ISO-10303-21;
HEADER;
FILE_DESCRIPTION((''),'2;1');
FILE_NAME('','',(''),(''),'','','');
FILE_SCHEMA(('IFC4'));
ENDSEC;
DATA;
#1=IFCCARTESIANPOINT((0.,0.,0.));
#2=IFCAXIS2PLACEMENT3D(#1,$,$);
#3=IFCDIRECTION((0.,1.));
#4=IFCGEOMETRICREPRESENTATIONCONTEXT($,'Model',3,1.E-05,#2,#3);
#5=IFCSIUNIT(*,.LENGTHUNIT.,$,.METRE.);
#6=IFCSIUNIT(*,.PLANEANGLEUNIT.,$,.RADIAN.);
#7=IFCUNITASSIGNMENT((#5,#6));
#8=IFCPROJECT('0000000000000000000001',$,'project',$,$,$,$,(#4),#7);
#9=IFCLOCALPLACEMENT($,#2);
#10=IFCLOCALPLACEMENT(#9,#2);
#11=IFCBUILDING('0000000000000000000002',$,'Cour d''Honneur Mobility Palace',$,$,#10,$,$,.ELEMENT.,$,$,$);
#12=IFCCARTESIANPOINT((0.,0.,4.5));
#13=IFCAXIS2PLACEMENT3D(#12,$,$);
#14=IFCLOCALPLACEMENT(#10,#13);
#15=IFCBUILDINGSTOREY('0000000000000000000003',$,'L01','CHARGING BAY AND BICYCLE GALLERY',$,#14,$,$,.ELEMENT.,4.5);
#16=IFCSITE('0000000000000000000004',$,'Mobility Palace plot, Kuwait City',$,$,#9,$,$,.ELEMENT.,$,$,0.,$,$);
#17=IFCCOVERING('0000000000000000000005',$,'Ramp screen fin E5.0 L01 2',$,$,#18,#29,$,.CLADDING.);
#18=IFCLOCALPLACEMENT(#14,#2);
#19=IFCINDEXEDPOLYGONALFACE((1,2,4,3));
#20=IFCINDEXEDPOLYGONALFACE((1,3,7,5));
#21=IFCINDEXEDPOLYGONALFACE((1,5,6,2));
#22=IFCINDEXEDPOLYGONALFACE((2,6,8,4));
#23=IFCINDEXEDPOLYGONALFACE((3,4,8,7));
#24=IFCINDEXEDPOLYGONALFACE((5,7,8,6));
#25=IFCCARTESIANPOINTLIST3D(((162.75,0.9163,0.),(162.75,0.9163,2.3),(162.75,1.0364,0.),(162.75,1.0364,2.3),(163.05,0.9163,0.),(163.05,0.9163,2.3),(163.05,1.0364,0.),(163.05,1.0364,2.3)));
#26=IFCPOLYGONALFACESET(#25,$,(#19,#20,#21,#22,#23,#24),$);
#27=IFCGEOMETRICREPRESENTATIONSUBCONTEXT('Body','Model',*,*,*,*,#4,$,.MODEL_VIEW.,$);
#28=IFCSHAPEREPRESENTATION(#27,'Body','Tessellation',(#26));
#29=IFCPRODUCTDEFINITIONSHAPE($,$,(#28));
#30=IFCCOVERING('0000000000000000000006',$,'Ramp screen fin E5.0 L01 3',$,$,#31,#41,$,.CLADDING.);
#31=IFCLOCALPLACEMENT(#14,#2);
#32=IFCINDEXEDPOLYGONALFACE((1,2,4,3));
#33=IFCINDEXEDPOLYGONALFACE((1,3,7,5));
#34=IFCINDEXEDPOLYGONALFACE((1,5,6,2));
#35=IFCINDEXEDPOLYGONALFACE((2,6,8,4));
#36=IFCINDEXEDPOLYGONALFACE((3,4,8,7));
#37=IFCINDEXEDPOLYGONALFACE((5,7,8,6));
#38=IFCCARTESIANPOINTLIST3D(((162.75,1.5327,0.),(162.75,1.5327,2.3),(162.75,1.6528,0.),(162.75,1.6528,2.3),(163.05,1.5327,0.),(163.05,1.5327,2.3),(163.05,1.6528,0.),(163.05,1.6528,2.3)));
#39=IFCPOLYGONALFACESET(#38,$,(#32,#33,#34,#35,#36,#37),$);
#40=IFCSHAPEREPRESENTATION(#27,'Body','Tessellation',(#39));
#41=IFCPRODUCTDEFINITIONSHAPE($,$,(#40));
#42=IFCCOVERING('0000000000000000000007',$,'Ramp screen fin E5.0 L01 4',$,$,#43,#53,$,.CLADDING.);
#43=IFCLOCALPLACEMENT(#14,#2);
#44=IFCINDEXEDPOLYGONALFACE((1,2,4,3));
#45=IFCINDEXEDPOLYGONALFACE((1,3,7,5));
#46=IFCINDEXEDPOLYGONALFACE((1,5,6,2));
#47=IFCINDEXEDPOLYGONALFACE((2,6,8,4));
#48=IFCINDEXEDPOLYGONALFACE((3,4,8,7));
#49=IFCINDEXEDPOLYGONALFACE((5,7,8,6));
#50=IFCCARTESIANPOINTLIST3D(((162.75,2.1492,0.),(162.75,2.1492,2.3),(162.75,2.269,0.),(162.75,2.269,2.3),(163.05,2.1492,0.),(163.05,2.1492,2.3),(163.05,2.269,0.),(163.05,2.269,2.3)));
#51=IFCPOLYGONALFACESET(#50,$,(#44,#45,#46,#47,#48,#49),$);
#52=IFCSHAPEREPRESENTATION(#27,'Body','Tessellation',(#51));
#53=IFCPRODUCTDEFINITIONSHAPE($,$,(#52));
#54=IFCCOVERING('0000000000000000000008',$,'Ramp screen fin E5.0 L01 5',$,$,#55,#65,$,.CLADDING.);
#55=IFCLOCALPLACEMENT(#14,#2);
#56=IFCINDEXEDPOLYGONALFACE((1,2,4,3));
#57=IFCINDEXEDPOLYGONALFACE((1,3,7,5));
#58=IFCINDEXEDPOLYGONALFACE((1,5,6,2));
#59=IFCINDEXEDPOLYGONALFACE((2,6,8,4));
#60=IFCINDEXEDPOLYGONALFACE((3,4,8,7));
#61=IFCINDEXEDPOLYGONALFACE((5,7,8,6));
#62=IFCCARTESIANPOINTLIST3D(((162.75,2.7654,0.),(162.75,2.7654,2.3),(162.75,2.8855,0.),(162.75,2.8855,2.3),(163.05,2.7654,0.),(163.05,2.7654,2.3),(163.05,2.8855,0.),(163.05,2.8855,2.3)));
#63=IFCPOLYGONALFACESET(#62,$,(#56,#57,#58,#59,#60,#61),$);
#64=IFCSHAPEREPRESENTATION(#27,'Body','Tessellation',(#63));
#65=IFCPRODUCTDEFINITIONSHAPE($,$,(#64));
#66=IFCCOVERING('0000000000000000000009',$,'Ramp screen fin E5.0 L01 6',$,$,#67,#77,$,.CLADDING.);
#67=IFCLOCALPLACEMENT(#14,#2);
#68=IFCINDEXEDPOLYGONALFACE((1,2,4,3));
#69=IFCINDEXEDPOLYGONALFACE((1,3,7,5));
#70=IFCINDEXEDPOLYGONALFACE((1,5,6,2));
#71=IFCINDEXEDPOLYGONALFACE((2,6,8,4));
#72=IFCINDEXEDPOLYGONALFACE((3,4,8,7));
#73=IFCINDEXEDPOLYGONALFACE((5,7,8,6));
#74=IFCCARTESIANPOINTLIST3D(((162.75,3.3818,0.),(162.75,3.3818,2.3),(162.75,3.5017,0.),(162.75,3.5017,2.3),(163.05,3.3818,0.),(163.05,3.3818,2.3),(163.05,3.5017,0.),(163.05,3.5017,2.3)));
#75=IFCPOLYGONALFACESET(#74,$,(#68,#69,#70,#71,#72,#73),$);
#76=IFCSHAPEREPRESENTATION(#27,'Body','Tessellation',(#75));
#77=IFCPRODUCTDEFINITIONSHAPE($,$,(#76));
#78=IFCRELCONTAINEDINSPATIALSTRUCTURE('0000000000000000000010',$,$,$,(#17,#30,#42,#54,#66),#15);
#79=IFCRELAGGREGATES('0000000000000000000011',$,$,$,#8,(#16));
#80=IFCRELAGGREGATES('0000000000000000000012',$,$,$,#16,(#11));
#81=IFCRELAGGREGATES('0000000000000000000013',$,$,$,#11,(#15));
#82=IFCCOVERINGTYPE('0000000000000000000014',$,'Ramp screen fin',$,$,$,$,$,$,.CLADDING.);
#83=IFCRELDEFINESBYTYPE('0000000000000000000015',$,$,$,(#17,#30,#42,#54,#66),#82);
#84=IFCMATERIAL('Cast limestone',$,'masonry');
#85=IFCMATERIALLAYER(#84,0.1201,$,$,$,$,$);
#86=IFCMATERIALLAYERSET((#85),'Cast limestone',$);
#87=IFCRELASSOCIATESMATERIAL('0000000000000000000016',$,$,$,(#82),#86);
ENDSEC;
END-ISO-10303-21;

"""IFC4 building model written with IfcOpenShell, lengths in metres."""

from ifc_helpers import new_model, si_unit, direction, frame, origin, place, context, subcontext, project, spatial, polyline, outline, extrude, material, layer, layer_set, type_object, element, save


model = new_model("IFC4")

# Units and contexts
model_context = context("Model", 3, precision=1e-05, world=origin(), true_north=direction((0.0, 1.0)))
body_context = subcontext(model_context, "Body", "Model", "MODEL_VIEW")
ifc_project = project(units=[si_unit("LENGTHUNIT", "METRE"), si_unit("PLANEANGLEUNIT", "RADIAN")], contexts=[model_context])

# Site, building, storey
site_placement = place(None, origin())
site = spatial("IfcSite", under=ifc_project, at=site_placement, Name="Mobility Palace plot, Kuwait City", CompositionType="ELEMENT", RefElevation=0.0)
building_placement = place(site_placement, origin())
building = spatial("IfcBuilding", under=site, at=building_placement, Name="Cour d'Honneur Mobility Palace", CompositionType="ELEMENT")
storey_placement = place(building_placement, frame((0.0, 0.0, 4.5)))
storey = spatial("IfcBuildingStorey", under=building, at=storey_placement, Name="L01", Description="CHARGING BAY AND BICYCLE GALLERY", CompositionType="ELEMENT", Elevation=4.5)

# Coverings
ifc_material = material(Name="Cast limestone", Category="masonry")
ifc_layer = layer(ifc_material, 0.1201)
ifc_layer_set = layer_set([ifc_layer], Name="Cast limestone")
covering_type = type_object("IfcCoveringType", Name="Ramp screen fin", PredefinedType="CLADDING", material=ifc_layer_set)
covering_1_placement = place(storey_placement, origin())
element("IfcCovering", 1, at=covering_1_placement, inside=storey, type_object=covering_type, Name="Ramp screen fin E5.0 L01 2", PredefinedType="CLADDING", context=body_context, shape_type="SweptSolid", body=[
    extrude(outline(polyline([(162.75, 0.9163), (162.75, 1.0364), (163.05, 1.0364), (163.05, 0.9163), (162.75, 0.9163)])), origin(), (0.0, 0.0, 1.0), 2.3),
])
covering_2_placement = place(storey_placement, origin())
element("IfcCovering", 2, at=covering_2_placement, inside=storey, type_object=covering_type, Name="Ramp screen fin E5.0 L01 3", PredefinedType="CLADDING", context=body_context, shape_type="SweptSolid", body=[
    extrude(outline(polyline([(162.75, 1.5327), (162.75, 1.6528), (163.05, 1.6528), (163.05, 1.5327), (162.75, 1.5327)])), origin(), (0.0, 0.0, 1.0), 2.3),
])
covering_3_placement = place(storey_placement, origin())
element("IfcCovering", 3, at=covering_3_placement, inside=storey, type_object=covering_type, Name="Ramp screen fin E5.0 L01 4", PredefinedType="CLADDING", context=body_context, shape_type="SweptSolid", body=[
    extrude(outline(polyline([(162.75, 2.1492), (162.75, 2.269), (163.05, 2.269), (163.05, 2.1492), (162.75, 2.1492)])), origin(), (0.0, 0.0, 1.0), 2.3),
])
covering_4_placement = place(storey_placement, origin())
element("IfcCovering", 4, at=covering_4_placement, inside=storey, type_object=covering_type, Name="Ramp screen fin E5.0 L01 5", PredefinedType="CLADDING", context=body_context, shape_type="SweptSolid", body=[
    extrude(outline(polyline([(162.75, 2.7654), (162.75, 2.8855), (163.05, 2.8855), (163.05, 2.7654), (162.75, 2.7654)])), origin(), (0.0, 0.0, 1.0), 2.3),
])
covering_5_placement = place(storey_placement, origin())
element("IfcCovering", 5, at=covering_5_placement, inside=storey, type_object=covering_type, Name="Ramp screen fin E5.0 L01 6", PredefinedType="CLADDING", context=body_context, shape_type="SweptSolid", body=[
    extrude(outline(polyline([(162.75, 3.3818), (162.75, 3.5017), (163.05, 3.5017), (163.05, 3.3818), (162.75, 3.3818)])), origin(), (0.0, 0.0, 1.0), 2.3),
])

save(model, "model.ifc")
